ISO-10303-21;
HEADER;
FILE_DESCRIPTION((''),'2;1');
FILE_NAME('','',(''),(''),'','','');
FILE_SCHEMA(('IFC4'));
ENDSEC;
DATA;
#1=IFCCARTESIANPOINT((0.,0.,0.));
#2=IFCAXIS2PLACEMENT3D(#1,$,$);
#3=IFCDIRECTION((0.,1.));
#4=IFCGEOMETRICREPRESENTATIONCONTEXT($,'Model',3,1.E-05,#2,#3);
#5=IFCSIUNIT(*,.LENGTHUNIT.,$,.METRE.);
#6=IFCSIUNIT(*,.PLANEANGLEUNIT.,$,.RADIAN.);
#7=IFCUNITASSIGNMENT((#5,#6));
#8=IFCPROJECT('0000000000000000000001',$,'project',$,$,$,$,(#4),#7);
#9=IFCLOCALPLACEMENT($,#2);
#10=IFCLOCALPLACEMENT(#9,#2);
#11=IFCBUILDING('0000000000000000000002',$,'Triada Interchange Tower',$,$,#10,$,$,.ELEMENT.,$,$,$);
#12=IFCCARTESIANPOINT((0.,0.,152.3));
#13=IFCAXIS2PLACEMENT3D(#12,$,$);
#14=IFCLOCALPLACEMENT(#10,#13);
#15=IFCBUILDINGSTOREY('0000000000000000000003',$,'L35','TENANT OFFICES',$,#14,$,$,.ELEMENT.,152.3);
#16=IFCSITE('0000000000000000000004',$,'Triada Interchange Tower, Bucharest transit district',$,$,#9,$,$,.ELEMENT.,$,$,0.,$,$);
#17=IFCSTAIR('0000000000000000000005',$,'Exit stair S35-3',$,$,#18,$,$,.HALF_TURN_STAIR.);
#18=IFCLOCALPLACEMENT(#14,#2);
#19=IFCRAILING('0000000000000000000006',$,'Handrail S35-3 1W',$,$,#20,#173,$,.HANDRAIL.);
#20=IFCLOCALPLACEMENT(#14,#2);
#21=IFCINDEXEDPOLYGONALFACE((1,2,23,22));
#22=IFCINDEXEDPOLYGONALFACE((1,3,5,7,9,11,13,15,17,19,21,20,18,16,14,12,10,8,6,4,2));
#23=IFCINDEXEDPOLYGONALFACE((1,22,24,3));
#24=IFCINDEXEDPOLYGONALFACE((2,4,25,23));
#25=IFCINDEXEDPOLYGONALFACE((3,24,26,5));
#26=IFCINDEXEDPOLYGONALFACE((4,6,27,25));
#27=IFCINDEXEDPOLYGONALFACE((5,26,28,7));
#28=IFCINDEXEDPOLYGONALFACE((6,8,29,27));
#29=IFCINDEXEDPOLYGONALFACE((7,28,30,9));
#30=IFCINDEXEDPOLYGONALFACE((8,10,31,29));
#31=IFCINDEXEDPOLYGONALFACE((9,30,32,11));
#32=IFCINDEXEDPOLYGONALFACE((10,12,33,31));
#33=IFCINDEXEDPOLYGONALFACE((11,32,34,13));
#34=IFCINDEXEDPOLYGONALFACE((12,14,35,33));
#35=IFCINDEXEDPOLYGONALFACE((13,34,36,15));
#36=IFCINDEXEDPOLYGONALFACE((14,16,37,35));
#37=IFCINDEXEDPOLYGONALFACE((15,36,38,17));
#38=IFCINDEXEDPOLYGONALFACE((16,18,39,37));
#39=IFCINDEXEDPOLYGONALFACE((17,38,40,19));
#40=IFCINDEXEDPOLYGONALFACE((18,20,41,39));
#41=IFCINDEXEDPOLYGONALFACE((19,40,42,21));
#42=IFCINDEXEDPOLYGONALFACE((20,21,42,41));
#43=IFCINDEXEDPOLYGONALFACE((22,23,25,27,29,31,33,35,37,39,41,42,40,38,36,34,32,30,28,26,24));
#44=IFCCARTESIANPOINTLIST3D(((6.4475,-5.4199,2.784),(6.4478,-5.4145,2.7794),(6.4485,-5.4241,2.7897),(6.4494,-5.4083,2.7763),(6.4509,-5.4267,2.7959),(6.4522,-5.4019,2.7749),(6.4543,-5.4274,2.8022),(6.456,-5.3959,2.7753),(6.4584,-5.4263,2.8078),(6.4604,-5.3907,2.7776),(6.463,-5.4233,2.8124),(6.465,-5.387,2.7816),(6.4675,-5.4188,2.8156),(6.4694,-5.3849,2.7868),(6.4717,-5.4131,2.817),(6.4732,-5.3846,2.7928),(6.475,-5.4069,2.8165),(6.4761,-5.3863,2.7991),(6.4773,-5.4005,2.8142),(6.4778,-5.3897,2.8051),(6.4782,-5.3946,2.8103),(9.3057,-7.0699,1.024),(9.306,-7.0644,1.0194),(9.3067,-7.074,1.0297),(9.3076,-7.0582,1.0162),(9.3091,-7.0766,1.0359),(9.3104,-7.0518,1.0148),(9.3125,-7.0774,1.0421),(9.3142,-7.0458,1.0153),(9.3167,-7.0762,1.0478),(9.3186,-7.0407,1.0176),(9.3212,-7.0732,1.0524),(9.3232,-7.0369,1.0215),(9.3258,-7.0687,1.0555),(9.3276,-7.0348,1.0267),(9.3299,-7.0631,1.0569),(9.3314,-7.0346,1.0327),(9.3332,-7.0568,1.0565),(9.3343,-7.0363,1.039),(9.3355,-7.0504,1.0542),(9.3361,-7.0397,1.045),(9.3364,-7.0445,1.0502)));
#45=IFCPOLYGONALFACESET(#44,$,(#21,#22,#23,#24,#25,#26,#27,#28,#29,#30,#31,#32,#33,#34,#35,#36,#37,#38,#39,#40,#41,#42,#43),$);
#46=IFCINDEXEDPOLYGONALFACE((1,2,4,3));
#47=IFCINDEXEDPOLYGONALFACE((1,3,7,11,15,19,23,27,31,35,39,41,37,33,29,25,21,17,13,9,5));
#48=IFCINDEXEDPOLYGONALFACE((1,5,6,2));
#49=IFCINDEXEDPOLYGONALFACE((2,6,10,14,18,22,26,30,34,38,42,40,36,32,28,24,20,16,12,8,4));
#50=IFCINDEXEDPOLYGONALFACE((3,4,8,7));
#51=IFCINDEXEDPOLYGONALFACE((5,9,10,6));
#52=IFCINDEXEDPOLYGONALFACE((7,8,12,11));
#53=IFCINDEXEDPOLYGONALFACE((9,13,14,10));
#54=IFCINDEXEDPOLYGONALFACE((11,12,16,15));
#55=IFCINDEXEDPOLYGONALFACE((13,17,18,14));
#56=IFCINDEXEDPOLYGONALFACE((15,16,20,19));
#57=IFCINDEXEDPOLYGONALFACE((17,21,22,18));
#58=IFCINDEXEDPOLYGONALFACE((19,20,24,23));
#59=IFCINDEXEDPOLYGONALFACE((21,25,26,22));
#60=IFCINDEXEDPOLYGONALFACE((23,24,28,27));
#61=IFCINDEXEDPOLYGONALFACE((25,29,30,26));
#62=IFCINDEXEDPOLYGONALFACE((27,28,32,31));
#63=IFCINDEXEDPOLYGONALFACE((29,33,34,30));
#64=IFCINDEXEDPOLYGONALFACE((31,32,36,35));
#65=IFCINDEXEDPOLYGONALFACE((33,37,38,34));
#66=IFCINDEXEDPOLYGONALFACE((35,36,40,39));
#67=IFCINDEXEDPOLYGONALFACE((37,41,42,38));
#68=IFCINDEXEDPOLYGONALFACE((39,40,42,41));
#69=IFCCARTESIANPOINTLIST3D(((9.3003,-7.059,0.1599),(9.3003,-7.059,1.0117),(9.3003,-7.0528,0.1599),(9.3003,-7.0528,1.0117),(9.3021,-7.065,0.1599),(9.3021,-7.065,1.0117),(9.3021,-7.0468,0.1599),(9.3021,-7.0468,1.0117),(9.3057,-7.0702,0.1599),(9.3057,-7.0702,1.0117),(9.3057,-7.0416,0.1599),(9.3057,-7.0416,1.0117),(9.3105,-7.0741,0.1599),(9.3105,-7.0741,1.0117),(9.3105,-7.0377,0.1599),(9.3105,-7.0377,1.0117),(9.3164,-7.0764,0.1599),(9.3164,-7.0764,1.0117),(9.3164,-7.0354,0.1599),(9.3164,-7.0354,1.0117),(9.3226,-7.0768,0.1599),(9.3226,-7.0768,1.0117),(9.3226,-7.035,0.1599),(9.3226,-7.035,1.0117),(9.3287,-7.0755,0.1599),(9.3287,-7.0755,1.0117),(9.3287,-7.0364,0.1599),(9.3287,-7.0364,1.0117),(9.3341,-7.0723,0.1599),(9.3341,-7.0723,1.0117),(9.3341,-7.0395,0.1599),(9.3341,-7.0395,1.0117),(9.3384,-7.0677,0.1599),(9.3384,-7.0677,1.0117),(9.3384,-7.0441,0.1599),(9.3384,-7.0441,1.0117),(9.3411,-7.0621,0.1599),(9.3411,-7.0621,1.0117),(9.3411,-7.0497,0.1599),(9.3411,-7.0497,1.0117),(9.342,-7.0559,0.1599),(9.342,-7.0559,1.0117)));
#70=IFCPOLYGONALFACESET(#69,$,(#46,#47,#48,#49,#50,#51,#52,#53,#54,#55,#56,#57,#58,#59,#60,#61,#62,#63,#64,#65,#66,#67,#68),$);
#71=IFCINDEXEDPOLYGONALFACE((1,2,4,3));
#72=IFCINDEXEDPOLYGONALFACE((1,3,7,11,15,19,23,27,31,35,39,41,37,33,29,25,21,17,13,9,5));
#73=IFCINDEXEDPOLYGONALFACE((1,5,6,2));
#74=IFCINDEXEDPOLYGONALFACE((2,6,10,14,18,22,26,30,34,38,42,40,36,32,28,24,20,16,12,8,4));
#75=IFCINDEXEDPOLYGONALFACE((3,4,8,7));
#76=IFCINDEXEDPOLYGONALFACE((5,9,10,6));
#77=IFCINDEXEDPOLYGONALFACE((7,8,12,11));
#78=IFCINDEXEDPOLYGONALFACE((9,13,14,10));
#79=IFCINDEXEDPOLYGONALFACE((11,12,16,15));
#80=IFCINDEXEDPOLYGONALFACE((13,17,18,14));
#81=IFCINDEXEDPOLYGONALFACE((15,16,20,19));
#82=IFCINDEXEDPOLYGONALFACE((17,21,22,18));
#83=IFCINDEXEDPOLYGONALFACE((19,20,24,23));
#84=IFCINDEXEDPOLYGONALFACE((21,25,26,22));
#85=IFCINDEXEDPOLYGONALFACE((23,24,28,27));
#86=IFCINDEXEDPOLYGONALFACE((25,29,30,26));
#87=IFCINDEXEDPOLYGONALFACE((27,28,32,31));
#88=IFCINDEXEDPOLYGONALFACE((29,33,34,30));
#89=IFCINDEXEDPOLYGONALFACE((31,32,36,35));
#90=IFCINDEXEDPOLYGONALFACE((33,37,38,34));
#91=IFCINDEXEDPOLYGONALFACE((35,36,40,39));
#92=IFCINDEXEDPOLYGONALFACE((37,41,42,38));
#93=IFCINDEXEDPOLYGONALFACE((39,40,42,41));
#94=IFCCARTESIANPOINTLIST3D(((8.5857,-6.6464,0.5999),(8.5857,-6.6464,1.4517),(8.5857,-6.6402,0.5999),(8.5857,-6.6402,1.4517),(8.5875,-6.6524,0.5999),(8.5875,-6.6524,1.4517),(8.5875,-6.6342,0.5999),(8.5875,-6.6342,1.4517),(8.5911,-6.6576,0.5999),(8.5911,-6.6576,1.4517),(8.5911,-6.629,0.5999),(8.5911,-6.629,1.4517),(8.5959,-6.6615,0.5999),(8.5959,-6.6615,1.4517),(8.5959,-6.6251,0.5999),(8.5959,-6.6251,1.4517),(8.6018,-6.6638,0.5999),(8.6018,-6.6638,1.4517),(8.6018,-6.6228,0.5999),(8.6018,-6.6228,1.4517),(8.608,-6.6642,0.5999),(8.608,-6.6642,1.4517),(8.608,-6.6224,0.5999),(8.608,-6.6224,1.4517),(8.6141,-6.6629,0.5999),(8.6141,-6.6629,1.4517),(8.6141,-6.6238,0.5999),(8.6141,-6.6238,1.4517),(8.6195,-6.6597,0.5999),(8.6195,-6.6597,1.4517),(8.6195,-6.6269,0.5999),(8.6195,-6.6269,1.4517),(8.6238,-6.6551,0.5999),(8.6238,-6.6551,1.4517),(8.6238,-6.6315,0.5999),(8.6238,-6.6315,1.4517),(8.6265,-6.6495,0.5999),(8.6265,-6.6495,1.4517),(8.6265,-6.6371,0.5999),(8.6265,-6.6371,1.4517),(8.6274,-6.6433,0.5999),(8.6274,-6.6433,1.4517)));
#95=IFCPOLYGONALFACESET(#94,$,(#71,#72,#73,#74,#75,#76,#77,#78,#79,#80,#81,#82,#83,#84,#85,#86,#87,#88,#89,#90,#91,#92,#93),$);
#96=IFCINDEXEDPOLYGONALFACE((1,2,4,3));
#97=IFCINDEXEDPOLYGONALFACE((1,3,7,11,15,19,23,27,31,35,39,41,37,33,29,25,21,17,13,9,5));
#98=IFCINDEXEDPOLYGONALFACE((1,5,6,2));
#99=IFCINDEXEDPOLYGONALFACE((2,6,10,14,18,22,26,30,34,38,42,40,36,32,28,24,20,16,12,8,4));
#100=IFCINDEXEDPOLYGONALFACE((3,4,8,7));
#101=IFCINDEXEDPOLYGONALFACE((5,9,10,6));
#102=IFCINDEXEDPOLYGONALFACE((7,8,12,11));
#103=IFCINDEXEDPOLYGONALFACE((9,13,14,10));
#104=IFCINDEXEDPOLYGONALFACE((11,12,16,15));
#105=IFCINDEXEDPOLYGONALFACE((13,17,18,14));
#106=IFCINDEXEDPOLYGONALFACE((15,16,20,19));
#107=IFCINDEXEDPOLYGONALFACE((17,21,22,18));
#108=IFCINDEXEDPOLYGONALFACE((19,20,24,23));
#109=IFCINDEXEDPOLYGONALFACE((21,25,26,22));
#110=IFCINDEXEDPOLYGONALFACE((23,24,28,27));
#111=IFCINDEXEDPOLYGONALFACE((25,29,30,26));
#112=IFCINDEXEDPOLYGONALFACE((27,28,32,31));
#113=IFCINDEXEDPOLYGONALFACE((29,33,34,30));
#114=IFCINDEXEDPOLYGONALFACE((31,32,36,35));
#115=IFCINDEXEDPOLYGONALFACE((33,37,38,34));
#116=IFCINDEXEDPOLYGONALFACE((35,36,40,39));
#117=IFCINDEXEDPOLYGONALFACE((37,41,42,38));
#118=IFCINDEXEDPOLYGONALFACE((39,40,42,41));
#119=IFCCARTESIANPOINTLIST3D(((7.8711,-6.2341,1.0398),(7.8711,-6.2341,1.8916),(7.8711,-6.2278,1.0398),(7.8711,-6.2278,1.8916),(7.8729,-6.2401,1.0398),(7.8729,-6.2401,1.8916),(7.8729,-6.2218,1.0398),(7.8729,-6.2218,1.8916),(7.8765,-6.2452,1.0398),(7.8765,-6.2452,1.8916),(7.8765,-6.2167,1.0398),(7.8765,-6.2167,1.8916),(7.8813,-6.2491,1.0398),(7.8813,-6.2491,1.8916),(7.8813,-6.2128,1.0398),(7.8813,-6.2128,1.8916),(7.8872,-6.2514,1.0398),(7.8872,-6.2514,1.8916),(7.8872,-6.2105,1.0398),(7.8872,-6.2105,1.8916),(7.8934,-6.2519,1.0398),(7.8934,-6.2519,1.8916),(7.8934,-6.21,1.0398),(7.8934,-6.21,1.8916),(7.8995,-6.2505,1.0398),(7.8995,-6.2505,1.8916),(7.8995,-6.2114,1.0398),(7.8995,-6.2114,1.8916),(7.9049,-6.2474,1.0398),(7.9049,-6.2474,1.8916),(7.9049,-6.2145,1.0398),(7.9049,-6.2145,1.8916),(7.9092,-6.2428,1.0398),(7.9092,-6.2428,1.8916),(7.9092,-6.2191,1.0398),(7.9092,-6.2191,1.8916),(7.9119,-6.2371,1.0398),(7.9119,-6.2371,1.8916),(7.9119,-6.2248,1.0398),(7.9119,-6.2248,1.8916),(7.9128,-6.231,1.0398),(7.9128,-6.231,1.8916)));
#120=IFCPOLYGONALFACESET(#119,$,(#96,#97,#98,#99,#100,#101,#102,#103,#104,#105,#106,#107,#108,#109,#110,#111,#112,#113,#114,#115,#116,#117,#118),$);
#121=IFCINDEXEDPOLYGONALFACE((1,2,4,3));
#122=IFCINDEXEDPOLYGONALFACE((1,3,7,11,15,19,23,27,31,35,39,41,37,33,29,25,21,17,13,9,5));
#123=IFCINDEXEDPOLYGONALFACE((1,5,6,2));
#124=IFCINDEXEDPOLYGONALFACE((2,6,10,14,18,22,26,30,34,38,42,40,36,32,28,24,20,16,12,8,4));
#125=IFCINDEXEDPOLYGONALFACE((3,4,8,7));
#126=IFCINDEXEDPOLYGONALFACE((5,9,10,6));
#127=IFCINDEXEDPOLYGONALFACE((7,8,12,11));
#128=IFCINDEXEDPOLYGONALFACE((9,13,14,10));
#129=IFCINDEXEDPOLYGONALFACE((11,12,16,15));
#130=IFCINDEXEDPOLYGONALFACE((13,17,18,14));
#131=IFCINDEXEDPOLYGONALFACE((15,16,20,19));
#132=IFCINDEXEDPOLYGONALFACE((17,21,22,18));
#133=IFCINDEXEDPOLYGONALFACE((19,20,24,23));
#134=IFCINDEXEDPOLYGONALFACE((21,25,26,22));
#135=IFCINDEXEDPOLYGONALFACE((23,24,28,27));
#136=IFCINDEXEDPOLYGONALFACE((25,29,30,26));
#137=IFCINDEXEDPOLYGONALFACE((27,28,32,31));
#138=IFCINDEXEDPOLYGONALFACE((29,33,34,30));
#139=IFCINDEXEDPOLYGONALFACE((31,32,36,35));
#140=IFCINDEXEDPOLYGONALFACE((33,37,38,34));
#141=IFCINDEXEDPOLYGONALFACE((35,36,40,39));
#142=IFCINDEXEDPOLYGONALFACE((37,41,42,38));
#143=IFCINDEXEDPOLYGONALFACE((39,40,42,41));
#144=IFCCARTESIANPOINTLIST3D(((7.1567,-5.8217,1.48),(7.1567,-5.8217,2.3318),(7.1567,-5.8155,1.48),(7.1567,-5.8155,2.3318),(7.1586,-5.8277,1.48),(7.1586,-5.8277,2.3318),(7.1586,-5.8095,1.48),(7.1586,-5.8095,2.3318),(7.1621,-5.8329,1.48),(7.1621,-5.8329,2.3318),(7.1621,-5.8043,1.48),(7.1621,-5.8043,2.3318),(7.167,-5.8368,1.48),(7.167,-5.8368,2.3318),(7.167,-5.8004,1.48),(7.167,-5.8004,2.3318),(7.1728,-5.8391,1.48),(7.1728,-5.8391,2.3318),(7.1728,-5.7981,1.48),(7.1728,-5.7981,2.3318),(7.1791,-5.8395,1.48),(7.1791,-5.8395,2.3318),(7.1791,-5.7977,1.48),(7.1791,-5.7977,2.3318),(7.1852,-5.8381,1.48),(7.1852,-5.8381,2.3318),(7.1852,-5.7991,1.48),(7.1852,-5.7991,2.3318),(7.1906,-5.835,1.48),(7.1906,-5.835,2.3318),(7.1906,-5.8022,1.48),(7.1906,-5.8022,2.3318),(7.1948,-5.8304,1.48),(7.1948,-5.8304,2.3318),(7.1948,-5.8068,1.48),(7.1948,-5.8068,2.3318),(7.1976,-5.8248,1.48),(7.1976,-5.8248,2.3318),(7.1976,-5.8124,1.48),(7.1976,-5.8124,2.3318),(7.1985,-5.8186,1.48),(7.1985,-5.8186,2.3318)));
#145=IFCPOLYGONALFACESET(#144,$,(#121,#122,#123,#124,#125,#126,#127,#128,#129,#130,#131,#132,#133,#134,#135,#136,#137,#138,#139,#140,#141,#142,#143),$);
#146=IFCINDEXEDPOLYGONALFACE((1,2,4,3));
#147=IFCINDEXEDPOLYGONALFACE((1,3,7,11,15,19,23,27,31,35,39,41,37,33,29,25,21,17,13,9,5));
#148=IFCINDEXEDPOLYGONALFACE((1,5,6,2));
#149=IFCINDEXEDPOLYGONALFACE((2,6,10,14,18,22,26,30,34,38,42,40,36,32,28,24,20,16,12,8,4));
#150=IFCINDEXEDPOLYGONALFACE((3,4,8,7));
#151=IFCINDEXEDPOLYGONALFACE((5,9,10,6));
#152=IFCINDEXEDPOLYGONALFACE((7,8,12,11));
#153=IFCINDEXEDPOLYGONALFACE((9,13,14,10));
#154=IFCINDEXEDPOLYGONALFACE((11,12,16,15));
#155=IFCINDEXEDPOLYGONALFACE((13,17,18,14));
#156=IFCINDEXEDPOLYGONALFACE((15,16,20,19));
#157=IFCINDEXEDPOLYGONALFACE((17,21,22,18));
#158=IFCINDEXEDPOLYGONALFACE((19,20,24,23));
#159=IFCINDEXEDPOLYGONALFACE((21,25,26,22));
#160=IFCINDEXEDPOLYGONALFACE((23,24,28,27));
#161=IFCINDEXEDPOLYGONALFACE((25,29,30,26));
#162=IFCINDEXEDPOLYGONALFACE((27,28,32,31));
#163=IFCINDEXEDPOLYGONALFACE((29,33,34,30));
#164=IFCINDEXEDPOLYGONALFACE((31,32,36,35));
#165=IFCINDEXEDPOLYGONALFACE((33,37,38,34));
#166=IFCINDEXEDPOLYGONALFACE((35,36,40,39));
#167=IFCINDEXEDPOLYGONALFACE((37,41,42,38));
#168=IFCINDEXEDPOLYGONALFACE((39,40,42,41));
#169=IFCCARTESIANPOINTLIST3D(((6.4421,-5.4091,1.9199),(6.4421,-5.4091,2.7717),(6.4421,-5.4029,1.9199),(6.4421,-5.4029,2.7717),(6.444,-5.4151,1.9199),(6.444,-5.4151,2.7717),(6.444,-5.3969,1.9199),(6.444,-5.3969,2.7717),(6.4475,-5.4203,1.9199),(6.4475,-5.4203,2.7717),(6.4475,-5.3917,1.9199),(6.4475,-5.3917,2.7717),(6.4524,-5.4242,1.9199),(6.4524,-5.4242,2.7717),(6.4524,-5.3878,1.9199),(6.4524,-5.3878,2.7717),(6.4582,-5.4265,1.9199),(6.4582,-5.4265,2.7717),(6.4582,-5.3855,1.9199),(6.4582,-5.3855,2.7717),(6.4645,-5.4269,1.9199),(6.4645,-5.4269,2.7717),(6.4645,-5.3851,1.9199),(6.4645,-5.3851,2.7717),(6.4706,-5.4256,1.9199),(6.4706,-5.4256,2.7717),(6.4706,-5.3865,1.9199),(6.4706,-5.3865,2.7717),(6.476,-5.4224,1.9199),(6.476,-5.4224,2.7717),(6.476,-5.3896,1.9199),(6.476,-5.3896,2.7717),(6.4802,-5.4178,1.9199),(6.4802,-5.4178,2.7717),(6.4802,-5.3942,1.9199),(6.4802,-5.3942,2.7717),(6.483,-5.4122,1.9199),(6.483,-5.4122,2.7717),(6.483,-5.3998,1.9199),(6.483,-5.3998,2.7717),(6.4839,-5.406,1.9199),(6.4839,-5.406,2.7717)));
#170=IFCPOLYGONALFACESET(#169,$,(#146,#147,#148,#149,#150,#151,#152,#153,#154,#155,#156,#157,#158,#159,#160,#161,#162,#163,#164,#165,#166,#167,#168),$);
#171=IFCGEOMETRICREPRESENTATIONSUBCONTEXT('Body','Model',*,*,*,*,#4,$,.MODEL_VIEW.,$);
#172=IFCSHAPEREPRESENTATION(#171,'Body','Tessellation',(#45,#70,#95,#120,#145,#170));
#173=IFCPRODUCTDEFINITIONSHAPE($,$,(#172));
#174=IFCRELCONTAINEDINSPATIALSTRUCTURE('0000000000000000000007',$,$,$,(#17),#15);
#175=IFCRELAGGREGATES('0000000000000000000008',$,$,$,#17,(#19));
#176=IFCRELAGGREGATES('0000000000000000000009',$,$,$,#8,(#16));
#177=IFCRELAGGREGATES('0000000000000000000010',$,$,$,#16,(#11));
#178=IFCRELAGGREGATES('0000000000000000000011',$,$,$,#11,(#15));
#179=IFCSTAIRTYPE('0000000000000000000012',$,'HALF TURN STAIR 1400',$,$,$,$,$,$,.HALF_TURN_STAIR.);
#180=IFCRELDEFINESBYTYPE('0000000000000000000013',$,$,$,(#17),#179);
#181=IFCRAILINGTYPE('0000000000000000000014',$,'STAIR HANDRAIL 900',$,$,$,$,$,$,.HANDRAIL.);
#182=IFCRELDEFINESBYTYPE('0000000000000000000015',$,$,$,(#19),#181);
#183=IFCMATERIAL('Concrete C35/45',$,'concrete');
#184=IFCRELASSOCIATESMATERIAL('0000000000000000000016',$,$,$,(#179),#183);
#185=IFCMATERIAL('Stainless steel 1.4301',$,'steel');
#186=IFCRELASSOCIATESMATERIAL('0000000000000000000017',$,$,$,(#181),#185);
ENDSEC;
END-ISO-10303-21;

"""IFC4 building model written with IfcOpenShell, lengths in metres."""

from ifc_helpers import new_model, si_unit, direction, frame, origin, origin_2d, place, context, subcontext, project, spatial, circle, extrude, material, type_object, element, aggregate, save


model = new_model("IFC4")

# Units and contexts
model_context = context("Model", 3, precision=1e-05, world=origin(), true_north=direction((0.0, 1.0)))
body_context = subcontext(model_context, "Body", "Model", "MODEL_VIEW")
ifc_project = project(units=[si_unit("LENGTHUNIT", "METRE"), si_unit("PLANEANGLEUNIT", "RADIAN")], contexts=[model_context])

# Site, building, storey
site_placement = place(None, origin())
site = spatial("IfcSite", under=ifc_project, at=site_placement, Name="Triada Interchange Tower, Bucharest transit district", CompositionType="ELEMENT", RefElevation=0.0)
building_placement = place(site_placement, origin())
building = spatial("IfcBuilding", under=site, at=building_placement, Name="Triada Interchange Tower", CompositionType="ELEMENT")
storey_placement = place(building_placement, frame((0.0, 0.0, 152.3)))
storey = spatial("IfcBuildingStorey", under=building, at=storey_placement, Name="L35", Description="TENANT OFFICES", CompositionType="ELEMENT", Elevation=152.3)

# Stair, railing
ifc_material_1 = material(Name="Concrete C35/45", Category="concrete")
stair_type = type_object("IfcStairType", Name="HALF TURN STAIR 1400", PredefinedType="HALF_TURN_STAIR", material=ifc_material_1)
stair_placement = place(storey_placement, origin())
stair = element("IfcStair", 1, at=stair_placement, inside=storey, type_object=stair_type, Name="Exit stair S35-3", PredefinedType="HALF_TURN_STAIR")
ifc_material_2 = material(Name="Stainless steel 1.4301", Category="steel")
railing_type = type_object("IfcRailingType", Name="STAIR HANDRAIL 900", PredefinedType="HANDRAIL", material=ifc_material_2)
railing_1_placement = place(storey_placement, frame((9.321, -7.0559, 0.1599)))
railing_1 = element("IfcRailing", 2, at=railing_1_placement, type_object=railing_type, Name="Handrail S35-3 1W", PredefinedType="HANDRAIL", context=body_context, shape_type="SweptSolid", body=[
    extrude(circle(Radius=0.0239, at=origin_2d()), frame((0.0, 0.0, 0.876), z_axis=(-0.764178, 0.441131, 0.47057), x_axis=(-0.499942, -0.866059, 0.0)), (0.0, 0.0, 1.0), 3.7402),
    extrude(circle(Radius=0.021, at=origin_2d()), origin(), (0.0, 0.0, 1.0), 0.8518),
    extrude(circle(Radius=0.021, at=origin_2d()), frame((-0.7146, 0.4126, 0.4399)), (0.0, 0.0, 1.0), 0.8518),
    extrude(circle(Radius=0.021, at=origin_2d()), frame((-1.4292, 0.825, 0.8799)), (0.0, 0.0, 1.0), 0.8518),
    extrude(circle(Radius=0.021, at=origin_2d()), frame((-2.1436, 1.2373, 1.3201)), (0.0, 0.0, 1.0), 0.8518),
    extrude(circle(Radius=0.021, at=origin_2d()), frame((-2.8582, 1.6499, 1.76)), (0.0, 0.0, 1.0), 0.8518),
])
aggregate(stair, [railing_1])

save(model, "model.ifc")
